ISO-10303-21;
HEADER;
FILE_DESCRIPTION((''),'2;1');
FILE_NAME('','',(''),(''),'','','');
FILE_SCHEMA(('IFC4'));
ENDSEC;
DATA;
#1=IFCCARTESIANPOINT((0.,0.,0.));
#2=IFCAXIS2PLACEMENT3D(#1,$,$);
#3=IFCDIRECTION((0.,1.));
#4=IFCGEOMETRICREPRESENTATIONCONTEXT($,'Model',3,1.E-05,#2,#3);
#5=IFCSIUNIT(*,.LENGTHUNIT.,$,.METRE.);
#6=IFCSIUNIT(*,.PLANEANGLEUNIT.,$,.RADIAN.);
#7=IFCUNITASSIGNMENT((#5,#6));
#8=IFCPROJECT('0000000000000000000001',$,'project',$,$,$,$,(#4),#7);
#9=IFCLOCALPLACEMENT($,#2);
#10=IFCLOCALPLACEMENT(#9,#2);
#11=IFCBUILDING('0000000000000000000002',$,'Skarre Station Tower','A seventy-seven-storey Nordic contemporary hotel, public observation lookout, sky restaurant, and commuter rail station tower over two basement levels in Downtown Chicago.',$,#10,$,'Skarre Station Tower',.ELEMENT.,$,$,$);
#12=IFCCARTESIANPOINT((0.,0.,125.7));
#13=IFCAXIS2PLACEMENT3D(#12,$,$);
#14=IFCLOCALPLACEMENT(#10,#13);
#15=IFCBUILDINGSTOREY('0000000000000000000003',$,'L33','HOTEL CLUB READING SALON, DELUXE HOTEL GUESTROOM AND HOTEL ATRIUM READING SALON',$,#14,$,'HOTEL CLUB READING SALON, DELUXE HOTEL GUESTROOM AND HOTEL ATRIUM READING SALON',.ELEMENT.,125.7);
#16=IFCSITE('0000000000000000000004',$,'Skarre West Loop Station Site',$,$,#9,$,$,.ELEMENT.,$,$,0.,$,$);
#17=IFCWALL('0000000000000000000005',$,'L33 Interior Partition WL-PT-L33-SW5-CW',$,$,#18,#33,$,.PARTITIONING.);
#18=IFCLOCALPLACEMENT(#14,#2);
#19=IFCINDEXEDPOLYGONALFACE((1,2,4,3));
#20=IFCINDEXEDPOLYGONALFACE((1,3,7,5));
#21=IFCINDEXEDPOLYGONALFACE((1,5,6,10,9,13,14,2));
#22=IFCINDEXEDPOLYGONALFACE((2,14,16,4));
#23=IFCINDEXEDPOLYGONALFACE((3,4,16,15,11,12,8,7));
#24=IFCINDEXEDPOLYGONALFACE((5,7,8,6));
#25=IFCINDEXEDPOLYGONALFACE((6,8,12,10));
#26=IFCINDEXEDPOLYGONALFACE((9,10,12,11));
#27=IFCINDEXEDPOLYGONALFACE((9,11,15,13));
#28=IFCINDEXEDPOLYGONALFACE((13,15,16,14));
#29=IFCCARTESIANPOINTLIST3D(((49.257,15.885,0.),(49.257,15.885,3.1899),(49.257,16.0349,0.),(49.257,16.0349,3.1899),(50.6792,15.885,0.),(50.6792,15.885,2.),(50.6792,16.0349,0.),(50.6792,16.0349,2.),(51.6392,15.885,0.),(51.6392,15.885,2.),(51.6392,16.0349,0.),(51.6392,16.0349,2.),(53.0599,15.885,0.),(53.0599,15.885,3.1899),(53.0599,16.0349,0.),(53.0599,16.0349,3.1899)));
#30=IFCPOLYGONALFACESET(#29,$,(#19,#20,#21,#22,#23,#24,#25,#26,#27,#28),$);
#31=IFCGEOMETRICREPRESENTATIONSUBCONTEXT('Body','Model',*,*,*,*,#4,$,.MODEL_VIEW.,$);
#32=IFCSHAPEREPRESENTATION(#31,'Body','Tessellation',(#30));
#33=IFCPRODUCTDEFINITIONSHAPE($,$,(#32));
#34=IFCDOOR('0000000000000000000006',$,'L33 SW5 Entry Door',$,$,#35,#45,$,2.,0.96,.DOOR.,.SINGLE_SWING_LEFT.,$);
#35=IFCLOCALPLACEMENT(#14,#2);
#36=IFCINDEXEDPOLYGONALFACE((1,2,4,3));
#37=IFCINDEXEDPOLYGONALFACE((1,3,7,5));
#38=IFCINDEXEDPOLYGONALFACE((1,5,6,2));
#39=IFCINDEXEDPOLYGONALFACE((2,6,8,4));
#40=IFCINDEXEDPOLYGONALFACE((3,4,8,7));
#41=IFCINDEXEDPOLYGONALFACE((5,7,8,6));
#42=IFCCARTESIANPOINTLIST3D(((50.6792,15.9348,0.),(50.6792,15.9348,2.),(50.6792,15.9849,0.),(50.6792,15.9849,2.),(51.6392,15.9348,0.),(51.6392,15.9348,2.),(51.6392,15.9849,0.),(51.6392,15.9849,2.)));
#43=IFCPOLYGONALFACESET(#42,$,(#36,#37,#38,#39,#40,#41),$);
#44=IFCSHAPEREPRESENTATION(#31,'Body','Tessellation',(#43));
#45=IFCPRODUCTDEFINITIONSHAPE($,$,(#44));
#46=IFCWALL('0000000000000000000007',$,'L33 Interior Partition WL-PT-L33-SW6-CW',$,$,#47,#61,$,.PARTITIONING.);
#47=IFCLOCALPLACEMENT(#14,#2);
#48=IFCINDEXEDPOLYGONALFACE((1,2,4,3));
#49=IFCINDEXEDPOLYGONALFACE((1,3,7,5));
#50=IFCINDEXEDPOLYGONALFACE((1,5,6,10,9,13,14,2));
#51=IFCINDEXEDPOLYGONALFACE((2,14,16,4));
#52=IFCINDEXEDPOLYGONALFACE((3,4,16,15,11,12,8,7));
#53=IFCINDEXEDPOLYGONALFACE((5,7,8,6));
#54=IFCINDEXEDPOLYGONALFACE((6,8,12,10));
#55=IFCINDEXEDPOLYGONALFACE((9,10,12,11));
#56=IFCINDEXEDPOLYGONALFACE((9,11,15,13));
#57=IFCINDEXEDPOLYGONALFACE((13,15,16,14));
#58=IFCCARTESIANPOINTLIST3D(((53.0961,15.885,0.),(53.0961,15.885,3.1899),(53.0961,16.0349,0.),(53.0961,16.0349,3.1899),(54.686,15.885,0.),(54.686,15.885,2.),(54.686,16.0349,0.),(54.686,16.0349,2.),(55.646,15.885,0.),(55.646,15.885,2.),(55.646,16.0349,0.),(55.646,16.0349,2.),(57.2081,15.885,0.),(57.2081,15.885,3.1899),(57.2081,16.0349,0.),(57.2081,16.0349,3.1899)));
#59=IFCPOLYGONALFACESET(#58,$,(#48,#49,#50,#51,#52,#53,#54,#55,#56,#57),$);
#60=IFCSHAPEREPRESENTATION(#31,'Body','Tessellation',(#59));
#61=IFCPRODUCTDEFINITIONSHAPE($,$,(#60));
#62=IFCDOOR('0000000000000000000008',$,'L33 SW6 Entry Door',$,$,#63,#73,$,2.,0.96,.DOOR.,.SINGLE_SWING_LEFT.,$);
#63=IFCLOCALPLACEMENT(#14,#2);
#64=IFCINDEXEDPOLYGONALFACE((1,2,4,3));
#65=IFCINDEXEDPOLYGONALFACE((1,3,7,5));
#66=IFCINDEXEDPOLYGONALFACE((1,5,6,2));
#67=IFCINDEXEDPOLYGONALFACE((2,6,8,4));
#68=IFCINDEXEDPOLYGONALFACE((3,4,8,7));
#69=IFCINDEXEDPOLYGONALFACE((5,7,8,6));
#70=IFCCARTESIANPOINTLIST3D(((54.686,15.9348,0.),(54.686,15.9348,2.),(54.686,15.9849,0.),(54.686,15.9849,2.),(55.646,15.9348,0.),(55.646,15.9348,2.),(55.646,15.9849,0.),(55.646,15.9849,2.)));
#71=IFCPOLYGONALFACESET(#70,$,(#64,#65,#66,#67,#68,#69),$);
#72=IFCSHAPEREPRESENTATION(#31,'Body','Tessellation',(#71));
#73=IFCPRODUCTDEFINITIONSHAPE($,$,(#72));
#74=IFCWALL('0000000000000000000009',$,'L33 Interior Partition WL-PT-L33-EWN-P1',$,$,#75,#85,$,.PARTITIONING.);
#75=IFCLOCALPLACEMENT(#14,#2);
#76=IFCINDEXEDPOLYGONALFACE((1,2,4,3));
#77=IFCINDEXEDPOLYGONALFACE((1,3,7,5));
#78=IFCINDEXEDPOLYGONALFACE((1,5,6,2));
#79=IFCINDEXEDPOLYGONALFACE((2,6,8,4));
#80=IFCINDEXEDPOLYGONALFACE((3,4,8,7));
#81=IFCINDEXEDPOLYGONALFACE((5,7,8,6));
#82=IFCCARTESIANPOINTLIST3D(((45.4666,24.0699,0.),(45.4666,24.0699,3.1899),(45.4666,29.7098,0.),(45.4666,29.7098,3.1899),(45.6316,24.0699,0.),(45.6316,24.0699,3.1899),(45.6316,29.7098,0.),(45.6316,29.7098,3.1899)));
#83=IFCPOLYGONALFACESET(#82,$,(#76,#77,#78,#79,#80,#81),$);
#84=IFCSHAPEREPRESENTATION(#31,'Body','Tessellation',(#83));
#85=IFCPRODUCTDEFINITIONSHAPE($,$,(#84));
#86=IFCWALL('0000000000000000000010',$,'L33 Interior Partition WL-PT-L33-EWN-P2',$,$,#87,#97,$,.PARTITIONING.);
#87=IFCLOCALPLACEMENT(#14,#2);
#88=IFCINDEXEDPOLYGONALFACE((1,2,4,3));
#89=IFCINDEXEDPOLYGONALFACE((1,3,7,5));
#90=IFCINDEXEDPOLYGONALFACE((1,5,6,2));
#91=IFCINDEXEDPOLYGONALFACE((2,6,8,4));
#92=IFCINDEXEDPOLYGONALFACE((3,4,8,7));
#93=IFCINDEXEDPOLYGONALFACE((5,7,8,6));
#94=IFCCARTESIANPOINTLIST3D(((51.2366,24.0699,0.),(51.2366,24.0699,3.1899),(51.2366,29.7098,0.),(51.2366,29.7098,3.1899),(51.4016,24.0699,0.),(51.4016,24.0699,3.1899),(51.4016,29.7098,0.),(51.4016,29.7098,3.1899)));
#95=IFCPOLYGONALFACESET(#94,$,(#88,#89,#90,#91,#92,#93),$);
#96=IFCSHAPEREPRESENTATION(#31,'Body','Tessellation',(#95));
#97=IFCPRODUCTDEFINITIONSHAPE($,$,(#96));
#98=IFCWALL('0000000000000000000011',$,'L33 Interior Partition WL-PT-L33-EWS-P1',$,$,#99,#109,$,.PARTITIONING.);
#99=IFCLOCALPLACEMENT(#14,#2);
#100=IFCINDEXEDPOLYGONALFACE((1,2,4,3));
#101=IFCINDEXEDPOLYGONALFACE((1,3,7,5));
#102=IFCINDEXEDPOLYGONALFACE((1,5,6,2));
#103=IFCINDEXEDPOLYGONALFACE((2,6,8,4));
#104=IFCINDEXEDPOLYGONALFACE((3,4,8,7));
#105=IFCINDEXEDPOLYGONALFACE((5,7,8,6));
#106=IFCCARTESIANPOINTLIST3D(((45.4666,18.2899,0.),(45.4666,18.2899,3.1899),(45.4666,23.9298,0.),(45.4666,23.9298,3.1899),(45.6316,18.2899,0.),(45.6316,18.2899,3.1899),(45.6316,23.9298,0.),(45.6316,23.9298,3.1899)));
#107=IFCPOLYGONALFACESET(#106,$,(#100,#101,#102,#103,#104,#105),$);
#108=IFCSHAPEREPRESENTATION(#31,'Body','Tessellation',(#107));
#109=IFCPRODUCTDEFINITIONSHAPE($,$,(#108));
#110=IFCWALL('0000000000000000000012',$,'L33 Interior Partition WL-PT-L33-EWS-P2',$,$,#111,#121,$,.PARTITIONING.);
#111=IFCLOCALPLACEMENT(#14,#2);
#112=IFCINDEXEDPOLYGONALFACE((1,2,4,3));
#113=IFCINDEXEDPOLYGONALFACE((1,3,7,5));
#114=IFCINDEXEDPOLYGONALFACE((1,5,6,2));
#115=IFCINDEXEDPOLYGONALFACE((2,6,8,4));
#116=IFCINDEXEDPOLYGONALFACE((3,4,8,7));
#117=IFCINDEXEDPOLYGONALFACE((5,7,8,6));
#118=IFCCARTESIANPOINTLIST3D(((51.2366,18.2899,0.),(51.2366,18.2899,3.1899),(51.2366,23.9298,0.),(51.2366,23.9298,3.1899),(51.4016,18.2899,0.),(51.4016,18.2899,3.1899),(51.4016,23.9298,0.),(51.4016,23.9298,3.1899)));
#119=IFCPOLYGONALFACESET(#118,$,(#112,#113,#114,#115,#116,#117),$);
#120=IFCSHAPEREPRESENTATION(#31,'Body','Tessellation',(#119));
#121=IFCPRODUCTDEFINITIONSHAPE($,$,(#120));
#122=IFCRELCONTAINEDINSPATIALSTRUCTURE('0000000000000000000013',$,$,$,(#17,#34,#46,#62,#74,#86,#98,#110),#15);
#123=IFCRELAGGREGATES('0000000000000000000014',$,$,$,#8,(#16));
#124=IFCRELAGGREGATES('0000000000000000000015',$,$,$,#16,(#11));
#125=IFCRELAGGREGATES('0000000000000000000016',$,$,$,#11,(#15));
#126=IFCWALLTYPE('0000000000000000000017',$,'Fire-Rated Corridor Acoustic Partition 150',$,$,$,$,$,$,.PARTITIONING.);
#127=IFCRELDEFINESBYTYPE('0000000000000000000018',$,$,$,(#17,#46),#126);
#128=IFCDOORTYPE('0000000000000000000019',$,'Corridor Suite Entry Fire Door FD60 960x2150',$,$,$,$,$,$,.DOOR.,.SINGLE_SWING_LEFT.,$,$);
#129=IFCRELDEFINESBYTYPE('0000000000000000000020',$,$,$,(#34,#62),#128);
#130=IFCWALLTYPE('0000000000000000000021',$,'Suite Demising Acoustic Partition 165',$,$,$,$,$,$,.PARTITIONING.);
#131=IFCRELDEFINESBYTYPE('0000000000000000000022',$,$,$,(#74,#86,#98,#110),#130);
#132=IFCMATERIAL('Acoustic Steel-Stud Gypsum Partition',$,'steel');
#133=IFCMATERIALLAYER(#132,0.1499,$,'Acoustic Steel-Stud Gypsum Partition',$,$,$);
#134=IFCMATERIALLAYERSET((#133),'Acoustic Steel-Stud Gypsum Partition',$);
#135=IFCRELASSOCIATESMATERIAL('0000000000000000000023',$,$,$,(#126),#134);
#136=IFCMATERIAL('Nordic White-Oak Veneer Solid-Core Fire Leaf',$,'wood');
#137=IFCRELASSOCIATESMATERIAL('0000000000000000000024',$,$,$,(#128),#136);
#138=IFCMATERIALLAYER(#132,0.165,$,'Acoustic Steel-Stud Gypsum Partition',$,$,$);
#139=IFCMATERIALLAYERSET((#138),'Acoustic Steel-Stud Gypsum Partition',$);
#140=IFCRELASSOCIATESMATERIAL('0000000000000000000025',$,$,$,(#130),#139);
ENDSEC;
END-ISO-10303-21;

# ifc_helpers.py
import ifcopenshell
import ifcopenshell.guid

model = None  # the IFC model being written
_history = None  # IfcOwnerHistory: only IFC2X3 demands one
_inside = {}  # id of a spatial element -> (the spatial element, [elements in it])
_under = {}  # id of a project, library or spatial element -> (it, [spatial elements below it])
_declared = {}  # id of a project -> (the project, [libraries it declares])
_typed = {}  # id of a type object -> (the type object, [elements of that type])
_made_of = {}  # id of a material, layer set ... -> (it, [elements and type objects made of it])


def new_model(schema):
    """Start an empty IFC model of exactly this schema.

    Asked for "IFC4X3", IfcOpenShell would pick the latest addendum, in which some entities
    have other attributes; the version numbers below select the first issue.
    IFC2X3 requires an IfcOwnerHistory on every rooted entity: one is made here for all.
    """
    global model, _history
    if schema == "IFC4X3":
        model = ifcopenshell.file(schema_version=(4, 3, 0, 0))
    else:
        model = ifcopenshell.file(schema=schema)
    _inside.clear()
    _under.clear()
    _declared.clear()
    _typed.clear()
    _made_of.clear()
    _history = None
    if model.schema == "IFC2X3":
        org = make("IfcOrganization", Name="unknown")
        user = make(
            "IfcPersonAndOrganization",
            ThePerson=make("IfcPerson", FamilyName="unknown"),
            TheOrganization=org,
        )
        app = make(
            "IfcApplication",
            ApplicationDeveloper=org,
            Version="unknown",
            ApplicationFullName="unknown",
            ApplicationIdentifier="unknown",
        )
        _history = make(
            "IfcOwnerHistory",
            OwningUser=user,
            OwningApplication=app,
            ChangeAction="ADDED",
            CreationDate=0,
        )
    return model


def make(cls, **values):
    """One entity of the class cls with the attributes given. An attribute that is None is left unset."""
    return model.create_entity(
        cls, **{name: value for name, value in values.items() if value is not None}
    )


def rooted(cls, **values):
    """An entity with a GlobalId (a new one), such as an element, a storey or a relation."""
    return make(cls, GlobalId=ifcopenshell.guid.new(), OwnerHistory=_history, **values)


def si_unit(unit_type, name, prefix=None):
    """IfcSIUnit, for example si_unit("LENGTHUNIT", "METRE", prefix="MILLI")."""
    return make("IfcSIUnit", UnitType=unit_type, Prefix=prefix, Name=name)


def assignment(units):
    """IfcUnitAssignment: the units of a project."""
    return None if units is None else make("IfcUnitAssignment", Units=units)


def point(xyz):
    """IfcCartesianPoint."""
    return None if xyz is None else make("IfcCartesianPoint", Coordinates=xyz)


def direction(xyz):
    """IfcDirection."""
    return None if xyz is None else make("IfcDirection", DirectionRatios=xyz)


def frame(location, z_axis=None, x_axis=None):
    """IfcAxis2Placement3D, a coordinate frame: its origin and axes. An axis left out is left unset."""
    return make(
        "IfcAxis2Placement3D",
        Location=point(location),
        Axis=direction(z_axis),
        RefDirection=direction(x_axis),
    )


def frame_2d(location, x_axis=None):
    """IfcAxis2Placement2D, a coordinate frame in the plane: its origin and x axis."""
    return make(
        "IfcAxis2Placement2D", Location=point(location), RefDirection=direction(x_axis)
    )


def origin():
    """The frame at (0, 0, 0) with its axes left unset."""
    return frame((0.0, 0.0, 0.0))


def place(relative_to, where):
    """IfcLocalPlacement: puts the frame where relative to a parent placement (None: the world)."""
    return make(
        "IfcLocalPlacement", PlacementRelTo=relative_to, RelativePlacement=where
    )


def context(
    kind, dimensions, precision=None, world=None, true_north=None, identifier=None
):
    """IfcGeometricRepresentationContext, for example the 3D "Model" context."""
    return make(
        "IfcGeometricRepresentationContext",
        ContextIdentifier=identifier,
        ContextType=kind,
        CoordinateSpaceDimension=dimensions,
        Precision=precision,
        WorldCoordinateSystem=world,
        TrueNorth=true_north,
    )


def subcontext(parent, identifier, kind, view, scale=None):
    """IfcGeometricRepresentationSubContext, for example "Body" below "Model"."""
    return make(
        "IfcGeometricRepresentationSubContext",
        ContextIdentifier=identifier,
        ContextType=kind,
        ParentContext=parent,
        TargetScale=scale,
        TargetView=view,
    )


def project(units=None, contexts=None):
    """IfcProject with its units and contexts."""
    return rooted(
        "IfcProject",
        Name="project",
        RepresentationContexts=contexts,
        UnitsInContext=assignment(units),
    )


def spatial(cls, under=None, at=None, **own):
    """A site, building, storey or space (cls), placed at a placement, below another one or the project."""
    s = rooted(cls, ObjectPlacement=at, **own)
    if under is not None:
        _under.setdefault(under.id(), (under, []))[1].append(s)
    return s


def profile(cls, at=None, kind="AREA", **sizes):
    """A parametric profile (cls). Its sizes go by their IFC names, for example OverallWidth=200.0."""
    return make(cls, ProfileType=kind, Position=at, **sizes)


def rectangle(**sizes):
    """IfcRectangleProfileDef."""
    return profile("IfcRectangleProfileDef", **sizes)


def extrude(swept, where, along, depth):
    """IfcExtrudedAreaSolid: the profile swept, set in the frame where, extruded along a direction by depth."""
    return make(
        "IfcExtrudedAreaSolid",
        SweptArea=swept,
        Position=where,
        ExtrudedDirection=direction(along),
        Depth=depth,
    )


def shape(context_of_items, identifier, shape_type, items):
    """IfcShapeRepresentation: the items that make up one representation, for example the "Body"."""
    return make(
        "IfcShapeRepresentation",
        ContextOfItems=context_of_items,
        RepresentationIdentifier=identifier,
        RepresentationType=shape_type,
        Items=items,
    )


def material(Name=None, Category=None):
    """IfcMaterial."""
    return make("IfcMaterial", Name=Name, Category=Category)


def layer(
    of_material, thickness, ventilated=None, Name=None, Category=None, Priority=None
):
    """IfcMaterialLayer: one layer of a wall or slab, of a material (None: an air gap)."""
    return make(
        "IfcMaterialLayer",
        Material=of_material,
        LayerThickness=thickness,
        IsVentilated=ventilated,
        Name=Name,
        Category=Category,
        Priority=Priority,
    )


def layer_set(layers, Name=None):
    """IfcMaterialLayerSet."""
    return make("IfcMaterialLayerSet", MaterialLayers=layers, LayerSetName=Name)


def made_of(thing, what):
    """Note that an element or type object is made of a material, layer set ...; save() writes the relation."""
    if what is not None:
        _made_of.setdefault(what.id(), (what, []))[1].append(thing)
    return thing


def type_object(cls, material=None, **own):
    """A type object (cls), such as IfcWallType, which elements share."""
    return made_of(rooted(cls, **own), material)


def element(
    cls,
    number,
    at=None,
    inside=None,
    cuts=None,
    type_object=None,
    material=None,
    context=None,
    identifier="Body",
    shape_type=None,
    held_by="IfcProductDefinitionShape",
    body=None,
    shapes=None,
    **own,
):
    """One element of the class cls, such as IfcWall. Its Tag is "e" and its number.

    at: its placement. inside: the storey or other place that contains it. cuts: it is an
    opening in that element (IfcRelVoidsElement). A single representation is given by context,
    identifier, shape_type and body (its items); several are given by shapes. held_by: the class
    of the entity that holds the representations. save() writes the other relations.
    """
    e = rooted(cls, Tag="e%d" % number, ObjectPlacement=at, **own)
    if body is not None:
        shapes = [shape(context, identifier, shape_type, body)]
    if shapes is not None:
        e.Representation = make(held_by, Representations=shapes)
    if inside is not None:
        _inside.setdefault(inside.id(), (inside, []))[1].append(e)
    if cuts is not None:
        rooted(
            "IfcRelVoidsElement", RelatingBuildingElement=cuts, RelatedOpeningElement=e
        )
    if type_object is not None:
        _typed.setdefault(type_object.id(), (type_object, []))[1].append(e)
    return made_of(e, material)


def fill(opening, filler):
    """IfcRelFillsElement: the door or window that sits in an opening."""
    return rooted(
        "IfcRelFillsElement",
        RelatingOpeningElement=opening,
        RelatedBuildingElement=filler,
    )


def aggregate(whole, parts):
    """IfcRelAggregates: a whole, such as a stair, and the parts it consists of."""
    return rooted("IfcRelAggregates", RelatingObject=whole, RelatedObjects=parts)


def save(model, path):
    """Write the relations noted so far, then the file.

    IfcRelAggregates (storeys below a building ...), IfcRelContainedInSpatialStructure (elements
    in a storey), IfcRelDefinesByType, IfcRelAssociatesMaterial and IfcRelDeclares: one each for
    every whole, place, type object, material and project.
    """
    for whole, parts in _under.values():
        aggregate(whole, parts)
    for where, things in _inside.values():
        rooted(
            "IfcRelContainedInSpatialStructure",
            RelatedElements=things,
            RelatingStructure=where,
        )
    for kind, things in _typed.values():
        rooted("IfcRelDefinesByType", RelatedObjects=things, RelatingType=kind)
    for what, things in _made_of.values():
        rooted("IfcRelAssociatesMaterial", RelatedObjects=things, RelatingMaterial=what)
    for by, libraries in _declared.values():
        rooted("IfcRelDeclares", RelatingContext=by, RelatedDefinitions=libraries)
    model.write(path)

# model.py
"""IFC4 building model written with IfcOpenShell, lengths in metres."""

from ifc_helpers import new_model, si_unit, direction, frame, frame_2d, origin, place, context, subcontext, project, spatial, rectangle, extrude, material, layer, layer_set, type_object, element, fill, save


model = new_model("IFC4")

# Units and contexts
model_context = context("Model", 3, precision=1e-05, world=origin(), true_north=direction((0.0, 1.0)))
body_context = subcontext(model_context, "Body", "Model", "MODEL_VIEW")
ifc_project = project(units=[si_unit("LENGTHUNIT", "METRE"), si_unit("PLANEANGLEUNIT", "RADIAN")], contexts=[model_context])

# Site, building, storey
site_placement = place(None, origin())
site = spatial("IfcSite", under=ifc_project, at=site_placement, Name="Skarre West Loop Station Site", CompositionType="ELEMENT", RefElevation=0.0)
building_placement = place(site_placement, origin())
building = spatial("IfcBuilding", under=site, at=building_placement, Name="Skarre Station Tower", Description="A seventy-seven-storey Nordic contemporary hotel, public observation lookout, sky restaurant, and commuter rail station tower over two basement levels in Downtown Chicago.", LongName="Skarre Station Tower", CompositionType="ELEMENT")
storey_placement = place(building_placement, frame((0.0, 0.0, 125.7)))
storey = spatial("IfcBuildingStorey", under=building, at=storey_placement, Name="L33", Description="HOTEL CLUB READING SALON, DELUXE HOTEL GUESTROOM AND HOTEL ATRIUM READING SALON", LongName="HOTEL CLUB READING SALON, DELUXE HOTEL GUESTROOM AND HOTEL ATRIUM READING SALON", CompositionType="ELEMENT", Elevation=125.7)

# Walls, openings, doors
ifc_material_1 = material(Name="Acoustic Steel-Stud Gypsum Partition", Category="steel")
ifc_layer_1 = layer(ifc_material_1, 0.1499, Name="Acoustic Steel-Stud Gypsum Partition")
ifc_layer_set_1 = layer_set([ifc_layer_1], Name="Acoustic Steel-Stud Gypsum Partition")
wall_type_1 = type_object("IfcWallType", Name="Fire-Rated Corridor Acoustic Partition 150", PredefinedType="PARTITIONING", material=ifc_layer_set_1)
ifc_material_2 = material(Name="Nordic White-Oak Veneer Solid-Core Fire Leaf", Category="wood")
door_type = type_object("IfcDoorType", Name="Corridor Suite Entry Fire Door FD60 960x2150", OperationType="SINGLE_SWING_LEFT", PredefinedType="DOOR", material=ifc_material_2)
wall_1_placement = place(storey_placement, frame((49.2571, 15.96, 0.0), z_axis=(0.0, 0.0, 1.0), x_axis=(1.0, 0.0, 0.0)))
wall_1 = element("IfcWall", 1, at=wall_1_placement, inside=storey, type_object=wall_type_1, Name="L33 Interior Partition WL-PT-L33-SW5-CW", PredefinedType="PARTITIONING", context=body_context, shape_type="SweptSolid", body=[
    extrude(rectangle(XDim=3.803, YDim=0.1499, at=frame_2d((1.9014, 0.0))), origin(), (0.0, 0.0, 1.0), 3.1899),
])
opening_1_placement = place(wall_1_placement, frame((1.4221, 0.0, 0.0)))
opening_1 = element("IfcOpeningElement", 2, at=opening_1_placement, cuts=wall_1, PredefinedType="OPENING", context=body_context, shape_type="SweptSolid", body=[
    extrude(rectangle(XDim=0.96, YDim=2.0, at=frame_2d((0.48, 1.0))), frame((0.0, 0.085, 0.0), z_axis=(0.0, -1.0, 0.0), x_axis=(1.0, 0.0, 0.0)), (0.0, 0.0, 1.0), 0.1699),
])
door_1_placement = place(opening_1_placement, origin())
door_1 = element("IfcDoor", 3, at=door_1_placement, inside=storey, type_object=door_type, Name="L33 SW5 Entry Door", OperationType="SINGLE_SWING_LEFT", OverallHeight=2.0, OverallWidth=0.96, PredefinedType="DOOR", context=body_context, shape_type="SweptSolid", body=[
    extrude(rectangle(XDim=0.96, YDim=2.0, at=frame_2d((0.48, 1.0))), frame((0.0, 0.0249, 0.0), z_axis=(0.0, -1.0, 0.0), x_axis=(1.0, 0.0, 0.0)), (0.0, 0.0, 1.0), 0.05),
])
fill(opening_1, door_1)
wall_2_placement = place(storey_placement, frame((53.0959, 15.96, 0.0), z_axis=(0.0, 0.0, 1.0), x_axis=(1.0, 0.0, 0.0)))
wall_2 = element("IfcWall", 4, at=wall_2_placement, inside=storey, type_object=wall_type_1, Name="L33 Interior Partition WL-PT-L33-SW6-CW", PredefinedType="PARTITIONING", context=body_context, shape_type="SweptSolid", body=[
    extrude(rectangle(XDim=4.1121, YDim=0.1499, at=frame_2d((2.0562, 0.0))), origin(), (0.0, 0.0, 1.0), 3.1899),
])
opening_2_placement = place(wall_2_placement, frame((1.5901, 0.0, 0.0)))
opening_2 = element("IfcOpeningElement", 5, at=opening_2_placement, cuts=wall_2, PredefinedType="OPENING", context=body_context, shape_type="SweptSolid", body=[
    extrude(rectangle(XDim=0.96, YDim=2.0, at=frame_2d((0.48, 1.0))), frame((0.0, 0.085, 0.0), z_axis=(0.0, -1.0, 0.0), x_axis=(1.0, 0.0, 0.0)), (0.0, 0.0, 1.0), 0.1699),
])
door_2_placement = place(opening_2_placement, origin())
door_2 = element("IfcDoor", 6, at=door_2_placement, inside=storey, type_object=door_type, Name="L33 SW6 Entry Door", OperationType="SINGLE_SWING_LEFT", OverallHeight=2.0, OverallWidth=0.96, PredefinedType="DOOR", context=body_context, shape_type="SweptSolid", body=[
    extrude(rectangle(XDim=0.96, YDim=2.0, at=frame_2d((0.48, 1.0))), frame((0.0, 0.0249, 0.0), z_axis=(0.0, -1.0, 0.0), x_axis=(1.0, 0.0, 0.0)), (0.0, 0.0, 1.0), 0.05),
])
fill(opening_2, door_2)

# Walls
ifc_layer_2 = layer(ifc_material_1, 0.165, Name="Acoustic Steel-Stud Gypsum Partition")
ifc_layer_set_2 = layer_set([ifc_layer_2], Name="Acoustic Steel-Stud Gypsum Partition")
wall_type_2 = type_object("IfcWallType", Name="Suite Demising Acoustic Partition 165", PredefinedType="PARTITIONING", material=ifc_layer_set_2)
for number, where, z_axis, x_axis, name in (
    (7, (45.5491, 24.0701, 0.0), (0.0, 0.0, 1.0), (0.0, 1.0, 0.0), "L33 Interior Partition WL-PT-L33-EWN-P1"),
    (8, (51.3191, 24.0701, 0.0), (0.0, 0.0, 1.0), (0.0, 1.0, 0.0), "L33 Interior Partition WL-PT-L33-EWN-P2"),
    (9, (45.5491, 18.29, 0.0), (0.0, 0.0, 1.0), (0.0, 1.0, 0.0), "L33 Interior Partition WL-PT-L33-EWS-P1"),
    (10, (51.3191, 18.29, 0.0), (0.0, 0.0, 1.0), (0.0, 1.0, 0.0), "L33 Interior Partition WL-PT-L33-EWS-P2"),
):
    element("IfcWall", number, at=place(storey_placement, frame(where, z_axis=z_axis, x_axis=x_axis)), inside=storey, type_object=wall_type_2, Name=name, PredefinedType="PARTITIONING", context=body_context, shape_type="SweptSolid", body=[
        extrude(rectangle(XDim=5.6399, YDim=0.165, at=frame_2d((2.8198, 0.0))), origin(), (0.0, 0.0, 1.0), 3.1899),
    ])

save(model, "model.ifc")
